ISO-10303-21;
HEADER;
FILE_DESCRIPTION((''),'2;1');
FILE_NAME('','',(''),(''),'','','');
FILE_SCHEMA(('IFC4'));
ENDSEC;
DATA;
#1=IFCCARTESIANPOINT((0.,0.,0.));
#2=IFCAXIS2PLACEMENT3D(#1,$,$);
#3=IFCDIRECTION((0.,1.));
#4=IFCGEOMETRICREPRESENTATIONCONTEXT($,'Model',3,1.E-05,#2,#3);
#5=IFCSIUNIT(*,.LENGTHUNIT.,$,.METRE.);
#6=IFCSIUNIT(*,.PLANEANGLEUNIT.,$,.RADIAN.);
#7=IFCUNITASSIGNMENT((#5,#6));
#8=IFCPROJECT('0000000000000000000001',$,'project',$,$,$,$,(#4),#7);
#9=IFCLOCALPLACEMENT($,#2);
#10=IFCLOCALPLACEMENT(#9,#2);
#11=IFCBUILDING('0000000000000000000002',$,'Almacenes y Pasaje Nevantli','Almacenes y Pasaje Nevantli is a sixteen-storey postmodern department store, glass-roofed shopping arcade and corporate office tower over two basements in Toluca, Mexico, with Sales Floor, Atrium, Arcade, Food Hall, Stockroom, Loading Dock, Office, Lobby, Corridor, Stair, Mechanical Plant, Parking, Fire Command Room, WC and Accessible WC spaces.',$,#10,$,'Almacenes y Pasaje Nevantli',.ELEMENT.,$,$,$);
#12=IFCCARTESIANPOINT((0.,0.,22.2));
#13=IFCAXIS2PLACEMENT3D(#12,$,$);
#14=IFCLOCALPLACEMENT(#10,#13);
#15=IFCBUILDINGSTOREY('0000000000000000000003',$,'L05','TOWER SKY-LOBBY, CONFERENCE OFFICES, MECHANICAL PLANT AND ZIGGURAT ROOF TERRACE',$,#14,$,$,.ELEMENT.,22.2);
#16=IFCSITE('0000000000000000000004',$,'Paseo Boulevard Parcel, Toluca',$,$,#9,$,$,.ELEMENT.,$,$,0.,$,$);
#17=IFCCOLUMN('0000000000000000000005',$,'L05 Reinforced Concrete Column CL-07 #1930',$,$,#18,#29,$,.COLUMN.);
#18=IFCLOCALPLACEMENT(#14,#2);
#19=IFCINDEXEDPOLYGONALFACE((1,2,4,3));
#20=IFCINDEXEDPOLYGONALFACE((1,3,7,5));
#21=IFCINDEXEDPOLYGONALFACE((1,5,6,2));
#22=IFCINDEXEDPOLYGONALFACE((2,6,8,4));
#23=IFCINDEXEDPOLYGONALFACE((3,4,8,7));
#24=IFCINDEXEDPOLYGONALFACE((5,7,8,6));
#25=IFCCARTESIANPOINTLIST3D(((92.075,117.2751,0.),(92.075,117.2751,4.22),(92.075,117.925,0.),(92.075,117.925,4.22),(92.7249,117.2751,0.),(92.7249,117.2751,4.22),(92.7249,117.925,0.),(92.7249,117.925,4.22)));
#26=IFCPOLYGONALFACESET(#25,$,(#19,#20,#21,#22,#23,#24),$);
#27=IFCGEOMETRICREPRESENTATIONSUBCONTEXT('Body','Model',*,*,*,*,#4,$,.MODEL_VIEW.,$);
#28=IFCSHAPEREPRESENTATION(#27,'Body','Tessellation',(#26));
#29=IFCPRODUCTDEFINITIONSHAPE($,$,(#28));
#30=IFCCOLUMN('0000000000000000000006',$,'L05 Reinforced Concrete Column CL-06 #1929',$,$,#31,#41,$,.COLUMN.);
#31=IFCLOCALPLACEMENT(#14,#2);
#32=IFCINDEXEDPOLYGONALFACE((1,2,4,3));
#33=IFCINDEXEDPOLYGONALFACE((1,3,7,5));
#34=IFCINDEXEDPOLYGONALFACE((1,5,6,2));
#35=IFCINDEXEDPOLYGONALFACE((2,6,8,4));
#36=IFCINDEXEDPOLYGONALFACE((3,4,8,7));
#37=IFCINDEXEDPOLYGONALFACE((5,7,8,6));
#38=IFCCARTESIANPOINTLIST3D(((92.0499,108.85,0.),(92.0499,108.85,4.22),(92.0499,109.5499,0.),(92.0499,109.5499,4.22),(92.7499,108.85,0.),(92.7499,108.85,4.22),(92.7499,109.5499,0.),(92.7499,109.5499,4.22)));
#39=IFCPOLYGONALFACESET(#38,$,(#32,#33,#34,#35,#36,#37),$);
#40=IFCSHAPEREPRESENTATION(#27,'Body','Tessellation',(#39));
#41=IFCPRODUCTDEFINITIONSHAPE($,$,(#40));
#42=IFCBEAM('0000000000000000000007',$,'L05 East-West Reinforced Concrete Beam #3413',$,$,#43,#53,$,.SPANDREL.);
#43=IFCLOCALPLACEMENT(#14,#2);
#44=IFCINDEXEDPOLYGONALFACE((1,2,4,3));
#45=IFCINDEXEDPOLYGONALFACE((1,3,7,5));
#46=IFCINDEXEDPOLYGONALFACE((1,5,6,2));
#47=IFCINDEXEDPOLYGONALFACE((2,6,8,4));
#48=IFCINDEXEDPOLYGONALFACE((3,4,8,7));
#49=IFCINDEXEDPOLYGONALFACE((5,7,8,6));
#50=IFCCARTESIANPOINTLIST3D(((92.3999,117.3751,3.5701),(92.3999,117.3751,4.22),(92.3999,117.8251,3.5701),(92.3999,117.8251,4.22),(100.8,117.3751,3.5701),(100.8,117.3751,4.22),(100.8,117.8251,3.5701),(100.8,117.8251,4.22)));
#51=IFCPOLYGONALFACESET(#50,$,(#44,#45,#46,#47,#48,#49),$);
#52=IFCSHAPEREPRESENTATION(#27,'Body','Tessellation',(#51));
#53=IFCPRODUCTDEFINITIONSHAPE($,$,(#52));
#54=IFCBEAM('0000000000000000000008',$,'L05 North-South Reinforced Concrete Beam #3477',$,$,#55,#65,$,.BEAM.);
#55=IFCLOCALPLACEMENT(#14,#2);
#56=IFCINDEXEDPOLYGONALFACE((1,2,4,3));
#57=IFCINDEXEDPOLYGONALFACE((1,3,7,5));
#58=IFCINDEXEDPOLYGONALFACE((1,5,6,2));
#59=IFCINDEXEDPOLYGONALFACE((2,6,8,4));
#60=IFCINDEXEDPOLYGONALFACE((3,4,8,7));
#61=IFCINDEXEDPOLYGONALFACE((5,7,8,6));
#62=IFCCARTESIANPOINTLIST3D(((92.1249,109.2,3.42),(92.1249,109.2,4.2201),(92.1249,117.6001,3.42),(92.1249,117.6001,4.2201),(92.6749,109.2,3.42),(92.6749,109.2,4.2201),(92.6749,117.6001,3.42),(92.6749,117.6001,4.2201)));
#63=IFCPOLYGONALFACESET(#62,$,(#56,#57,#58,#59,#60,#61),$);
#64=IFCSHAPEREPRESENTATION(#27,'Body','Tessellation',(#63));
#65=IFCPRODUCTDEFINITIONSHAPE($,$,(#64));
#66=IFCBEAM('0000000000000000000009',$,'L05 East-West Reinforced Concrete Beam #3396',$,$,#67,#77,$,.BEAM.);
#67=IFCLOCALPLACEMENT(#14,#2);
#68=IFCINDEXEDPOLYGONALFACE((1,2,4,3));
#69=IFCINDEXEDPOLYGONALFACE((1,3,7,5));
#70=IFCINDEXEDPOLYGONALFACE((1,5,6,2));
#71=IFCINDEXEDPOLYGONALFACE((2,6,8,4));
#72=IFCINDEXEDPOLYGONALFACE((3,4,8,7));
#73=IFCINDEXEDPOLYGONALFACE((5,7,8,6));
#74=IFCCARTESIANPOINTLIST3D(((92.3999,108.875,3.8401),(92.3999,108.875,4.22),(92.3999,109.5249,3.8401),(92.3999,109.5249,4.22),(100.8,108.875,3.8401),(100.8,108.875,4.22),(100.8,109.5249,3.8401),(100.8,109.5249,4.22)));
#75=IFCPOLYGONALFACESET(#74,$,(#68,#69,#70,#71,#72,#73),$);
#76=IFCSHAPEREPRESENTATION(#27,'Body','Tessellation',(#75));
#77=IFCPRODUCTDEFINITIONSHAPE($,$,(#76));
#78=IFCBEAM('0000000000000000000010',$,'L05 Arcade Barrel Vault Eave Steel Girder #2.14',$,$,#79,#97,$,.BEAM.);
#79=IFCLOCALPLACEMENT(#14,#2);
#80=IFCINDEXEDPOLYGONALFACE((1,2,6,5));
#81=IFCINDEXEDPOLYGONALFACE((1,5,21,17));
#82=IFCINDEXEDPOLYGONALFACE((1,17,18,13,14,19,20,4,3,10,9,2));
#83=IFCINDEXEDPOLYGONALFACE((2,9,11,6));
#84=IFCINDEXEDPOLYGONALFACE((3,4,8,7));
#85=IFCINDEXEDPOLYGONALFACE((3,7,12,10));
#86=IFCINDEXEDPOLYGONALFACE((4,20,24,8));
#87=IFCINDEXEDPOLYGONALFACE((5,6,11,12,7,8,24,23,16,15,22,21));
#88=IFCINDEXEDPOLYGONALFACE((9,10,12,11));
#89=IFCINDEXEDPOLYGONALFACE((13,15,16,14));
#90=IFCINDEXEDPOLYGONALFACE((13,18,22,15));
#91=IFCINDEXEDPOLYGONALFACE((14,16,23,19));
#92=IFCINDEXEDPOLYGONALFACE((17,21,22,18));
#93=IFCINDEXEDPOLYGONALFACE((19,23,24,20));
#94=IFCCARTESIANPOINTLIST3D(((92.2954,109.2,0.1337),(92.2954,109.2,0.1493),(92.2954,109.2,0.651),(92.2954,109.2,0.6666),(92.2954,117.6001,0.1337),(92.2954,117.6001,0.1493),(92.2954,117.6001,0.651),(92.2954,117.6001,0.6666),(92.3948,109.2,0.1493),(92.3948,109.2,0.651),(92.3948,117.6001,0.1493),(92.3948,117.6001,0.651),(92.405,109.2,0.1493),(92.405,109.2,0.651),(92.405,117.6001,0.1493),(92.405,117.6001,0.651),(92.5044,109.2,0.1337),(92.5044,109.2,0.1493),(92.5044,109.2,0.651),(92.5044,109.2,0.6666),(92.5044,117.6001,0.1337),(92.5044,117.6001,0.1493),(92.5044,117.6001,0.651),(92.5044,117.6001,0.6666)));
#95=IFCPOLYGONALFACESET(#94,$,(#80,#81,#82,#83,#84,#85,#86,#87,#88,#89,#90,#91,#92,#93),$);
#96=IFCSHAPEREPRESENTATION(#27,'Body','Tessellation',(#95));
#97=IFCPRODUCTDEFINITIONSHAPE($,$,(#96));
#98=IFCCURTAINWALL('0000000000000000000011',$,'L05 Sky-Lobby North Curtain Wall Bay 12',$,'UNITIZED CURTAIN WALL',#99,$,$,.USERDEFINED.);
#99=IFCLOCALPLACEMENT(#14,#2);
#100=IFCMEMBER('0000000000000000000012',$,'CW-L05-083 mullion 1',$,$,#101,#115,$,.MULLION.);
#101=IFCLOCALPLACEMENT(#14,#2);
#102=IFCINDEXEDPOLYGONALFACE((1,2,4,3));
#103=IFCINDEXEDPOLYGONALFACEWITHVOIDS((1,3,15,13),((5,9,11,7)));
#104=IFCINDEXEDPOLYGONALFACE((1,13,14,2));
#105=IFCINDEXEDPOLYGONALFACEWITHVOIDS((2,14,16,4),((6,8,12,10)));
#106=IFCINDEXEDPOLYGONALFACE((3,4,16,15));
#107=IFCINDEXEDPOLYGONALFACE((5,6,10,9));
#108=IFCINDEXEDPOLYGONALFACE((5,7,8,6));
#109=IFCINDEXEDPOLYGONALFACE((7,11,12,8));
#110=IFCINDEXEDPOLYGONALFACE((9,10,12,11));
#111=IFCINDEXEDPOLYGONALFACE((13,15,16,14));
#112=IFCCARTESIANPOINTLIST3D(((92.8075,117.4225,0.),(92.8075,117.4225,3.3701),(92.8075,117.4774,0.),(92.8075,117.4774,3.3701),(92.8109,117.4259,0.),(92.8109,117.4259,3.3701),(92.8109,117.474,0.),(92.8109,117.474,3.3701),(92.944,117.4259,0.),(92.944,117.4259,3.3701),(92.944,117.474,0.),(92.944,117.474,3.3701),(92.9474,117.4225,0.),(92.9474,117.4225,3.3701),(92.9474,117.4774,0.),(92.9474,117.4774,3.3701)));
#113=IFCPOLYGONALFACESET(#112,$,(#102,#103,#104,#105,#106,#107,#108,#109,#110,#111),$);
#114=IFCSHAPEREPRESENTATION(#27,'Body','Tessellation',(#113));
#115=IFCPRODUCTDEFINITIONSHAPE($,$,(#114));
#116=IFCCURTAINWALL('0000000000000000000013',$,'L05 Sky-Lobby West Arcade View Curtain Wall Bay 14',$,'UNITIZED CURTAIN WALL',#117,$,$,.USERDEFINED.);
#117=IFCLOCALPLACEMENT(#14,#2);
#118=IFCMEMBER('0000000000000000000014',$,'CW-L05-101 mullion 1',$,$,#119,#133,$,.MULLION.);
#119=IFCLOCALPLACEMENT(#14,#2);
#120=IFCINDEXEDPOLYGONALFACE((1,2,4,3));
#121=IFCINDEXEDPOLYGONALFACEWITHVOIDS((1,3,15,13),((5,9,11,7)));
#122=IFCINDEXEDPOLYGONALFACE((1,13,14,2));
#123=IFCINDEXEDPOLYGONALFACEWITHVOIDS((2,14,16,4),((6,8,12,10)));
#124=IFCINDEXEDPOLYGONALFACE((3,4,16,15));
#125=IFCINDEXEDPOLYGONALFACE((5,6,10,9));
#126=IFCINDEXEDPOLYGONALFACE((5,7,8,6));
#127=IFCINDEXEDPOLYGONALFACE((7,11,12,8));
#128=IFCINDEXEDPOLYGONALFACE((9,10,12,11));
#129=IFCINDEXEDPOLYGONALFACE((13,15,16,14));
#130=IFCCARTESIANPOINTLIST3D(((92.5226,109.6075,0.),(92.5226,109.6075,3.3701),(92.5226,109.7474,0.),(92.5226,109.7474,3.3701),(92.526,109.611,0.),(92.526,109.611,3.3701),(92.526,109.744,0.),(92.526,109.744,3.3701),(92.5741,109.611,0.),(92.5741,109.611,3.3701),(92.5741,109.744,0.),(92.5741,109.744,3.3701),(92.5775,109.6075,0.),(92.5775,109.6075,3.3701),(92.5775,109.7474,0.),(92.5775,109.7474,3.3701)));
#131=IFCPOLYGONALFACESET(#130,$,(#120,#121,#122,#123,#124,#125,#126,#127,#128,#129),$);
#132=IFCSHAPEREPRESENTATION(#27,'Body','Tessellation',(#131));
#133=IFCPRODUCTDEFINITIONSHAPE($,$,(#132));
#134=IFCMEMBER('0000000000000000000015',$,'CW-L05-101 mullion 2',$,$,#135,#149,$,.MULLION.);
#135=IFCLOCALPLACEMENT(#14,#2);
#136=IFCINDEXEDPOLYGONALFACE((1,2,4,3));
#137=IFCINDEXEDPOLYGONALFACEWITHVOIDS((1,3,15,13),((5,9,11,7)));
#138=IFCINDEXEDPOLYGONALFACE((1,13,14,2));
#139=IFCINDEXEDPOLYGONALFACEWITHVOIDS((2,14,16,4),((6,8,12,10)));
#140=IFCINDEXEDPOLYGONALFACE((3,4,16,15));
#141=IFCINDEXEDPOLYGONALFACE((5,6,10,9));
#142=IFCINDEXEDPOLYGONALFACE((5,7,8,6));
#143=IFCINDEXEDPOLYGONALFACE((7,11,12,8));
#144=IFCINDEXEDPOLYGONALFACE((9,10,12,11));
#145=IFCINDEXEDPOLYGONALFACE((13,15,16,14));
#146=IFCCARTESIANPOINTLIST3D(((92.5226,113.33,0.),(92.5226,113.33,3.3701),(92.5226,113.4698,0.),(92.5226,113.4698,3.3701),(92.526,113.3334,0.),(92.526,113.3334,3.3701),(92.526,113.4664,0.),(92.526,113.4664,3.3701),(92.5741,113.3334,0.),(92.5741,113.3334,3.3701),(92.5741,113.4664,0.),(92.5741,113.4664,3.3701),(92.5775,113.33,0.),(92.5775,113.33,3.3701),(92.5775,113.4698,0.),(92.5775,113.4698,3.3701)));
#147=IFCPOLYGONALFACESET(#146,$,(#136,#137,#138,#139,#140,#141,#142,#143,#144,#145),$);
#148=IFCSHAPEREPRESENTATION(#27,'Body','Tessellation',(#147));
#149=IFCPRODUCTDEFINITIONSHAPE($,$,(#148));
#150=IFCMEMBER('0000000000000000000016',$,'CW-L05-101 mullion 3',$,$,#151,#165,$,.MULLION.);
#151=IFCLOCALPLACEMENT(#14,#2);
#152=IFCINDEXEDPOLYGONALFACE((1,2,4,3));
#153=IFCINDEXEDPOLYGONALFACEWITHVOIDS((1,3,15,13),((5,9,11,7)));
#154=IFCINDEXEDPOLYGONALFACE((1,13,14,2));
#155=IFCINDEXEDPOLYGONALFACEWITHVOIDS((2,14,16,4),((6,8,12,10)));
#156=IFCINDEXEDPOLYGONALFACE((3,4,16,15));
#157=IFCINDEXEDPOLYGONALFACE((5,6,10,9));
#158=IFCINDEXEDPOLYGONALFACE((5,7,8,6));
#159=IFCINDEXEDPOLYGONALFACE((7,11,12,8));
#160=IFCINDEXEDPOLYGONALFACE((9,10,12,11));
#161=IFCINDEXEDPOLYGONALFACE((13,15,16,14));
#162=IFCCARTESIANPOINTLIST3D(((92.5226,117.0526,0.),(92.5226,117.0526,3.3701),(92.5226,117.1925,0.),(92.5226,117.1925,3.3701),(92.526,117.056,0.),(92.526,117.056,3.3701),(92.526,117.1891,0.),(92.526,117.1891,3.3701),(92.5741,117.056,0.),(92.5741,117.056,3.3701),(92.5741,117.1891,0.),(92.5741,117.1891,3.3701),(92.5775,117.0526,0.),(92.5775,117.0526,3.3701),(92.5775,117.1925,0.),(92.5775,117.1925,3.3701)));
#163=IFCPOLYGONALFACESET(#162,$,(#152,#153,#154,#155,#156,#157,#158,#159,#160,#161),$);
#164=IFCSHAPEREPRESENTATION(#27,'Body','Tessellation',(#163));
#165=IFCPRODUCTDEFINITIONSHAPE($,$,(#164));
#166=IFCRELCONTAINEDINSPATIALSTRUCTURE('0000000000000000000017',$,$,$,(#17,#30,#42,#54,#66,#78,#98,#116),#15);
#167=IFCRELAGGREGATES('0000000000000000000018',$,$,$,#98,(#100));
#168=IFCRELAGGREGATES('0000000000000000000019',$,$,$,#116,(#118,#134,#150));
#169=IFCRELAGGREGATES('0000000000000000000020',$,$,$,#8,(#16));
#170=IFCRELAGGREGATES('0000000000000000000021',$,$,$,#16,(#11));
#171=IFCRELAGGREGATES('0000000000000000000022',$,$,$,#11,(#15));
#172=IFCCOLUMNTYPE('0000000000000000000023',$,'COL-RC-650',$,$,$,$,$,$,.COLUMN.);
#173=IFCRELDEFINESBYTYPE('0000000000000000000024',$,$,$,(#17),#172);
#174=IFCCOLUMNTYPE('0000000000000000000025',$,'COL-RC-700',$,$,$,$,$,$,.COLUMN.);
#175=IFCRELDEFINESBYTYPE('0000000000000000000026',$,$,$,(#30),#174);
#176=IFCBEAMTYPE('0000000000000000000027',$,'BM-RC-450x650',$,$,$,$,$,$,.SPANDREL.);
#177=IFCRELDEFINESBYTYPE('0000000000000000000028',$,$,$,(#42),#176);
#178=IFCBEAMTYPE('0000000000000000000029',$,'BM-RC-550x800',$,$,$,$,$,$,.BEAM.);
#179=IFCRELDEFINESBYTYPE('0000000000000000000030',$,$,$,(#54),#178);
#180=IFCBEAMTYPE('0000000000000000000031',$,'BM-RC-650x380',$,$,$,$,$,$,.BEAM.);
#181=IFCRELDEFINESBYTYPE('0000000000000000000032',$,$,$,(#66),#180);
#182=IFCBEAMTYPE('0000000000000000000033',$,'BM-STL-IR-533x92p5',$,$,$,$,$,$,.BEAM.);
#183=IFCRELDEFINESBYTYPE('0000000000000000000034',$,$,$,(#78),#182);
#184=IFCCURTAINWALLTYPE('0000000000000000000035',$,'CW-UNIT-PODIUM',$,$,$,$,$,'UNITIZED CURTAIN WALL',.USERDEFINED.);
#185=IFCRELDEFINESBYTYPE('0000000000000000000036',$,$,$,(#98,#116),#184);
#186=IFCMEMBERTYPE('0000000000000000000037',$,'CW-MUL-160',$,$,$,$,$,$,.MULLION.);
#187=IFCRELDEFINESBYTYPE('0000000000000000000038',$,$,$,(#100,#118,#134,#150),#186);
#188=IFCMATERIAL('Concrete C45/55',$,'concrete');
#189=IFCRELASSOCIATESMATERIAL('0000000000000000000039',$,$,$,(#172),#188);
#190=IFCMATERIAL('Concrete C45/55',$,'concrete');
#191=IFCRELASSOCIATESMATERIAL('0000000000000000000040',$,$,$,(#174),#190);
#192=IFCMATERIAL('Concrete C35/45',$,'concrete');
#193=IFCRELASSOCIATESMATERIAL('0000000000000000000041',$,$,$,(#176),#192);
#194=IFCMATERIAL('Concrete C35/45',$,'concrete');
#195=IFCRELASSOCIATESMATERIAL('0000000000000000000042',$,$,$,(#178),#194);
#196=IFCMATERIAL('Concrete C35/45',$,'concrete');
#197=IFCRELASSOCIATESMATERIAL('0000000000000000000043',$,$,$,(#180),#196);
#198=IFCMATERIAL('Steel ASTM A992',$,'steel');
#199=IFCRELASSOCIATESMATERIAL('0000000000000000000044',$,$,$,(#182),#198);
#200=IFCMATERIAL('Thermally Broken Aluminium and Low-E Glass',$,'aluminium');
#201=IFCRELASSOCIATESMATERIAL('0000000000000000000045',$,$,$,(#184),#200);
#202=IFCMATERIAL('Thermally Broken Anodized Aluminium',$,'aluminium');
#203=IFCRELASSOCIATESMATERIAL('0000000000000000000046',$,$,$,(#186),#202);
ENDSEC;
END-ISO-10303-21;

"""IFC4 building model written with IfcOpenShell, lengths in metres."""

from ifc_helpers import new_model, si_unit, direction, frame, origin, origin_2d, place, context, subcontext, project, spatial, rectangle, hollow_rectangle, i_section, extrude, material, material_profile, profile_set, type_object, element, aggregate, save


model = new_model("IFC4")

# Units and contexts
model_context = context("Model", 3, precision=1e-05, world=origin(), true_north=direction((0.0, 1.0)))
body_context = subcontext(model_context, "Body", "Model", "MODEL_VIEW")
ifc_project = project(units=[si_unit("LENGTHUNIT", "METRE"), si_unit("PLANEANGLEUNIT", "RADIAN")], contexts=[model_context])

# Site, building, storey
site_placement = place(None, origin())
site = spatial("IfcSite", under=ifc_project, at=site_placement, Name="Paseo Boulevard Parcel, Toluca", CompositionType="ELEMENT", RefElevation=0.0)
building_placement = place(site_placement, origin())
building = spatial("IfcBuilding", under=site, at=building_placement, Name="Almacenes y Pasaje Nevantli", Description="Almacenes y Pasaje Nevantli is a sixteen-storey postmodern department store, glass-roofed shopping arcade and corporate office tower over two basements in Toluca, Mexico, with Sales Floor, Atrium, Arcade, Food Hall, Stockroom, Loading Dock, Office, Lobby, Corridor, Stair, Mechanical Plant, Parking, Fire Command Room, WC and Accessible WC spaces.", LongName="Almacenes y Pasaje Nevantli", CompositionType="ELEMENT")
storey_placement = place(building_placement, frame((0.0, 0.0, 22.2)))
storey = spatial("IfcBuildingStorey", under=building, at=storey_placement, Name="L05", Description="TOWER SKY-LOBBY, CONFERENCE OFFICES, MECHANICAL PLANT AND ZIGGURAT ROOF TERRACE", CompositionType="ELEMENT", Elevation=22.2)

# Columns
ifc_material_1 = material(Name="Concrete C45/55", Category="concrete")
ifc_material_profile_1 = material_profile(ifc_material_1, rectangle(XDim=0.6499, YDim=0.6499, at=origin_2d()), Name="RC-COL-650x650")
ifc_profile_set_1 = profile_set([ifc_material_profile_1], Name="Concrete C45/55")
column_type_1 = type_object("IfcColumnType", Name="COL-RC-650", PredefinedType="COLUMN", material=ifc_profile_set_1)
column_1_placement = place(storey_placement, frame((92.3999, 117.6001, 0.0), z_axis=(0.0, 0.0, 1.0), x_axis=(1.0, 0.0, 0.0)))
element("IfcColumn", 1, at=column_1_placement, inside=storey, type_object=column_type_1, Name="L05 Reinforced Concrete Column CL-07 #1930", PredefinedType="COLUMN", context=body_context, shape_type="SweptSolid", body=[
    extrude(rectangle(XDim=0.6499, YDim=0.6499, at=origin_2d()), origin(), (0.0, 0.0, 1.0), 4.22),
])
ifc_material_2 = material(Name="Concrete C45/55", Category="concrete")
ifc_material_profile_2 = material_profile(ifc_material_2, rectangle(XDim=0.7, YDim=0.7, at=origin_2d()), Name="RC-COL-700x700")
ifc_profile_set_2 = profile_set([ifc_material_profile_2], Name="Concrete C45/55")
column_type_2 = type_object("IfcColumnType", Name="COL-RC-700", PredefinedType="COLUMN", material=ifc_profile_set_2)
column_2_placement = place(storey_placement, frame((92.3999, 109.2, 0.0), z_axis=(0.0, 0.0, 1.0), x_axis=(1.0, 0.0, 0.0)))
element("IfcColumn", 2, at=column_2_placement, inside=storey, type_object=column_type_2, Name="L05 Reinforced Concrete Column CL-06 #1929", PredefinedType="COLUMN", context=body_context, shape_type="SweptSolid", body=[
    extrude(rectangle(XDim=0.7, YDim=0.7, at=origin_2d()), origin(), (0.0, 0.0, 1.0), 4.22),
])

# Beams
ifc_material_3 = material(Name="Concrete C35/45", Category="concrete")
ifc_material_profile_3 = material_profile(ifc_material_3, rectangle(XDim=0.45, YDim=0.6499, at=origin_2d()), Name="RC-BM-450x650")
ifc_profile_set_3 = profile_set([ifc_material_profile_3], Name="Concrete C35/45")
beam_type_1 = type_object("IfcBeamType", Name="BM-RC-450x650", PredefinedType="SPANDREL", material=ifc_profile_set_3)
beam_1_placement = place(storey_placement, frame((92.3999, 117.6001, 3.895), z_axis=(1.0, 0.0, 0.0), x_axis=(0.0, 1.0, 0.0)))
element("IfcBeam", 3, at=beam_1_placement, inside=storey, type_object=beam_type_1, Name="L05 East-West Reinforced Concrete Beam #3413", PredefinedType="SPANDREL", context=body_context, shape_type="SweptSolid", body=[
    extrude(rectangle(XDim=0.45, YDim=0.6499, at=origin_2d()), origin(), (0.0, 0.0, 1.0), 8.4001),
])
ifc_material_4 = material(Name="Concrete C35/45", Category="concrete")
ifc_material_profile_4 = material_profile(ifc_material_4, rectangle(XDim=0.55, YDim=0.8, at=origin_2d()), Name="RC-BM-550x800")
ifc_profile_set_4 = profile_set([ifc_material_profile_4], Name="Concrete C35/45")
beam_type_2 = type_object("IfcBeamType", Name="BM-RC-550x800", PredefinedType="BEAM", material=ifc_profile_set_4)
beam_2_placement = place(storey_placement, frame((92.3999, 109.2, 3.8201), z_axis=(0.0, 1.0, 0.0), x_axis=(-1.0, 0.0, 0.0)))
element("IfcBeam", 4, at=beam_2_placement, inside=storey, type_object=beam_type_2, Name="L05 North-South Reinforced Concrete Beam #3477", PredefinedType="BEAM", context=body_context, shape_type="SweptSolid", body=[
    extrude(rectangle(XDim=0.55, YDim=0.8, at=origin_2d()), origin(), (0.0, 0.0, 1.0), 8.4001),
])
ifc_material_5 = material(Name="Concrete C35/45", Category="concrete")
ifc_material_profile_5 = material_profile(ifc_material_5, rectangle(XDim=0.6499, YDim=0.3799, at=origin_2d()), Name="RC-BM-650x380")
ifc_profile_set_5 = profile_set([ifc_material_profile_5], Name="Concrete C35/45")
beam_type_3 = type_object("IfcBeamType", Name="BM-RC-650x380", PredefinedType="BEAM", material=ifc_profile_set_5)
beam_3_placement = place(storey_placement, frame((92.3999, 109.2, 4.03), z_axis=(1.0, 0.0, 0.0), x_axis=(0.0, 1.0, 0.0)))
element("IfcBeam", 5, at=beam_3_placement, inside=storey, type_object=beam_type_3, Name="L05 East-West Reinforced Concrete Beam #3396", PredefinedType="BEAM", context=body_context, shape_type="SweptSolid", body=[
    extrude(rectangle(XDim=0.6499, YDim=0.3799, at=origin_2d()), origin(), (0.0, 0.0, 1.0), 8.4001),
])
ifc_material_6 = material(Name="Steel ASTM A992", Category="steel")
ifc_material_profile_6 = material_profile(ifc_material_6, i_section(OverallWidth=0.209, OverallDepth=0.533, WebThickness=0.0103, FlangeThickness=0.0156, at=origin_2d()), Name="IR 533x92.5")
ifc_profile_set_6 = profile_set([ifc_material_profile_6], Name="Steel ASTM A992")
beam_type_4 = type_object("IfcBeamType", Name="BM-STL-IR-533x92p5", PredefinedType="BEAM", material=ifc_profile_set_6)
beam_4_placement = place(storey_placement, frame((92.3999, 109.2, 0.4001), z_axis=(0.0, 1.0, 0.0), x_axis=(-1.0, 0.0, 0.0)))
element("IfcBeam", 6, at=beam_4_placement, inside=storey, type_object=beam_type_4, Name="L05 Arcade Barrel Vault Eave Steel Girder #2.14", PredefinedType="BEAM", context=body_context, shape_type="SweptSolid", body=[
    extrude(i_section(OverallWidth=0.209, OverallDepth=0.533, WebThickness=0.0103, FlangeThickness=0.0156, at=origin_2d()), origin(), (0.0, 0.0, 1.0), 8.4001),
])

# Curtain wall, member
ifc_material_7 = material(Name="Thermally Broken Aluminium and Low-E Glass", Category="aluminium")
curtain_wall_type = type_object("IfcCurtainWallType", Name="CW-UNIT-PODIUM", ElementType="UNITIZED CURTAIN WALL", PredefinedType="USERDEFINED", material=ifc_material_7)
curtain_wall_1_placement = place(storey_placement, origin())
curtain_wall_1 = element("IfcCurtainWall", 7, at=curtain_wall_1_placement, inside=storey, type_object=curtain_wall_type, Name="L05 Sky-Lobby North Curtain Wall Bay 12", ObjectType="UNITIZED CURTAIN WALL", PredefinedType="USERDEFINED")
ifc_material_8 = material(Name="Thermally Broken Anodized Aluminium", Category="aluminium")
ifc_material_profile_7 = material_profile(ifc_material_8, hollow_rectangle(XDim=0.0549, YDim=0.1399, WallThickness=0.0034, at=origin_2d()), Name="ALU-MUL-55x140")
ifc_profile_set_7 = profile_set([ifc_material_profile_7], Name="Thermally Broken Anodized Aluminium")
member_type_1 = type_object("IfcMemberType", Name="CW-MUL-160", PredefinedType="MULLION", material=ifc_profile_set_7)
member_1_placement = place(storey_placement, frame((92.8774, 117.45, 0.0), z_axis=(0.0, 0.0, 1.0), x_axis=(0.0, 1.0, 0.0)))
member_1 = element("IfcMember", 8, at=member_1_placement, type_object=member_type_1, Name="CW-L05-083 mullion 1", PredefinedType="MULLION", context=body_context, shape_type="SweptSolid", body=[
    extrude(hollow_rectangle(XDim=0.0549, YDim=0.1399, WallThickness=0.0034, at=origin_2d()), origin(), (0.0, 0.0, 1.0), 3.3701),
])
aggregate(curtain_wall_1, [member_1])

# Curtain wall, members
curtain_wall_2_placement = place(storey_placement, origin())
curtain_wall_2 = element("IfcCurtainWall", 9, at=curtain_wall_2_placement, inside=storey, type_object=curtain_wall_type, Name="L05 Sky-Lobby West Arcade View Curtain Wall Bay 14", ObjectType="UNITIZED CURTAIN WALL", PredefinedType="USERDEFINED")
member_2_placement = place(storey_placement, frame((92.55, 109.6775, 0.0), z_axis=(0.0, 0.0, 1.0), x_axis=(-1.0, 0.0, 0.0)))
member_2 = element("IfcMember", 10, at=member_2_placement, type_object=member_type_1, Name="CW-L05-101 mullion 1", PredefinedType="MULLION", context=body_context, shape_type="SweptSolid", body=[
    extrude(hollow_rectangle(XDim=0.0549, YDim=0.1399, WallThickness=0.0034, at=origin_2d()), origin(), (0.0, 0.0, 1.0), 3.3701),
])
member_3_placement = place(storey_placement, frame((92.55, 113.3999, 0.0), z_axis=(0.0, 0.0, 1.0), x_axis=(-1.0, 0.0, 0.0)))
member_3 = element("IfcMember", 11, at=member_3_placement, type_object=member_type_1, Name="CW-L05-101 mullion 2", PredefinedType="MULLION", context=body_context, shape_type="SweptSolid", body=[
    extrude(hollow_rectangle(XDim=0.0549, YDim=0.1399, WallThickness=0.0034, at=origin_2d()), origin(), (0.0, 0.0, 1.0), 3.3701),
])
member_4_placement = place(storey_placement, frame((92.55, 117.1226, 0.0), z_axis=(0.0, 0.0, 1.0), x_axis=(-1.0, 0.0, 0.0)))
member_4 = element("IfcMember", 12, at=member_4_placement, type_object=member_type_1, Name="CW-L05-101 mullion 3", PredefinedType="MULLION", context=body_context, shape_type="SweptSolid", body=[
    extrude(hollow_rectangle(XDim=0.0549, YDim=0.1399, WallThickness=0.0034, at=origin_2d()), origin(), (0.0, 0.0, 1.0), 3.3701),
])

aggregate(curtain_wall_2, [member_2, member_3, member_4])

save(model, "model.ifc")
